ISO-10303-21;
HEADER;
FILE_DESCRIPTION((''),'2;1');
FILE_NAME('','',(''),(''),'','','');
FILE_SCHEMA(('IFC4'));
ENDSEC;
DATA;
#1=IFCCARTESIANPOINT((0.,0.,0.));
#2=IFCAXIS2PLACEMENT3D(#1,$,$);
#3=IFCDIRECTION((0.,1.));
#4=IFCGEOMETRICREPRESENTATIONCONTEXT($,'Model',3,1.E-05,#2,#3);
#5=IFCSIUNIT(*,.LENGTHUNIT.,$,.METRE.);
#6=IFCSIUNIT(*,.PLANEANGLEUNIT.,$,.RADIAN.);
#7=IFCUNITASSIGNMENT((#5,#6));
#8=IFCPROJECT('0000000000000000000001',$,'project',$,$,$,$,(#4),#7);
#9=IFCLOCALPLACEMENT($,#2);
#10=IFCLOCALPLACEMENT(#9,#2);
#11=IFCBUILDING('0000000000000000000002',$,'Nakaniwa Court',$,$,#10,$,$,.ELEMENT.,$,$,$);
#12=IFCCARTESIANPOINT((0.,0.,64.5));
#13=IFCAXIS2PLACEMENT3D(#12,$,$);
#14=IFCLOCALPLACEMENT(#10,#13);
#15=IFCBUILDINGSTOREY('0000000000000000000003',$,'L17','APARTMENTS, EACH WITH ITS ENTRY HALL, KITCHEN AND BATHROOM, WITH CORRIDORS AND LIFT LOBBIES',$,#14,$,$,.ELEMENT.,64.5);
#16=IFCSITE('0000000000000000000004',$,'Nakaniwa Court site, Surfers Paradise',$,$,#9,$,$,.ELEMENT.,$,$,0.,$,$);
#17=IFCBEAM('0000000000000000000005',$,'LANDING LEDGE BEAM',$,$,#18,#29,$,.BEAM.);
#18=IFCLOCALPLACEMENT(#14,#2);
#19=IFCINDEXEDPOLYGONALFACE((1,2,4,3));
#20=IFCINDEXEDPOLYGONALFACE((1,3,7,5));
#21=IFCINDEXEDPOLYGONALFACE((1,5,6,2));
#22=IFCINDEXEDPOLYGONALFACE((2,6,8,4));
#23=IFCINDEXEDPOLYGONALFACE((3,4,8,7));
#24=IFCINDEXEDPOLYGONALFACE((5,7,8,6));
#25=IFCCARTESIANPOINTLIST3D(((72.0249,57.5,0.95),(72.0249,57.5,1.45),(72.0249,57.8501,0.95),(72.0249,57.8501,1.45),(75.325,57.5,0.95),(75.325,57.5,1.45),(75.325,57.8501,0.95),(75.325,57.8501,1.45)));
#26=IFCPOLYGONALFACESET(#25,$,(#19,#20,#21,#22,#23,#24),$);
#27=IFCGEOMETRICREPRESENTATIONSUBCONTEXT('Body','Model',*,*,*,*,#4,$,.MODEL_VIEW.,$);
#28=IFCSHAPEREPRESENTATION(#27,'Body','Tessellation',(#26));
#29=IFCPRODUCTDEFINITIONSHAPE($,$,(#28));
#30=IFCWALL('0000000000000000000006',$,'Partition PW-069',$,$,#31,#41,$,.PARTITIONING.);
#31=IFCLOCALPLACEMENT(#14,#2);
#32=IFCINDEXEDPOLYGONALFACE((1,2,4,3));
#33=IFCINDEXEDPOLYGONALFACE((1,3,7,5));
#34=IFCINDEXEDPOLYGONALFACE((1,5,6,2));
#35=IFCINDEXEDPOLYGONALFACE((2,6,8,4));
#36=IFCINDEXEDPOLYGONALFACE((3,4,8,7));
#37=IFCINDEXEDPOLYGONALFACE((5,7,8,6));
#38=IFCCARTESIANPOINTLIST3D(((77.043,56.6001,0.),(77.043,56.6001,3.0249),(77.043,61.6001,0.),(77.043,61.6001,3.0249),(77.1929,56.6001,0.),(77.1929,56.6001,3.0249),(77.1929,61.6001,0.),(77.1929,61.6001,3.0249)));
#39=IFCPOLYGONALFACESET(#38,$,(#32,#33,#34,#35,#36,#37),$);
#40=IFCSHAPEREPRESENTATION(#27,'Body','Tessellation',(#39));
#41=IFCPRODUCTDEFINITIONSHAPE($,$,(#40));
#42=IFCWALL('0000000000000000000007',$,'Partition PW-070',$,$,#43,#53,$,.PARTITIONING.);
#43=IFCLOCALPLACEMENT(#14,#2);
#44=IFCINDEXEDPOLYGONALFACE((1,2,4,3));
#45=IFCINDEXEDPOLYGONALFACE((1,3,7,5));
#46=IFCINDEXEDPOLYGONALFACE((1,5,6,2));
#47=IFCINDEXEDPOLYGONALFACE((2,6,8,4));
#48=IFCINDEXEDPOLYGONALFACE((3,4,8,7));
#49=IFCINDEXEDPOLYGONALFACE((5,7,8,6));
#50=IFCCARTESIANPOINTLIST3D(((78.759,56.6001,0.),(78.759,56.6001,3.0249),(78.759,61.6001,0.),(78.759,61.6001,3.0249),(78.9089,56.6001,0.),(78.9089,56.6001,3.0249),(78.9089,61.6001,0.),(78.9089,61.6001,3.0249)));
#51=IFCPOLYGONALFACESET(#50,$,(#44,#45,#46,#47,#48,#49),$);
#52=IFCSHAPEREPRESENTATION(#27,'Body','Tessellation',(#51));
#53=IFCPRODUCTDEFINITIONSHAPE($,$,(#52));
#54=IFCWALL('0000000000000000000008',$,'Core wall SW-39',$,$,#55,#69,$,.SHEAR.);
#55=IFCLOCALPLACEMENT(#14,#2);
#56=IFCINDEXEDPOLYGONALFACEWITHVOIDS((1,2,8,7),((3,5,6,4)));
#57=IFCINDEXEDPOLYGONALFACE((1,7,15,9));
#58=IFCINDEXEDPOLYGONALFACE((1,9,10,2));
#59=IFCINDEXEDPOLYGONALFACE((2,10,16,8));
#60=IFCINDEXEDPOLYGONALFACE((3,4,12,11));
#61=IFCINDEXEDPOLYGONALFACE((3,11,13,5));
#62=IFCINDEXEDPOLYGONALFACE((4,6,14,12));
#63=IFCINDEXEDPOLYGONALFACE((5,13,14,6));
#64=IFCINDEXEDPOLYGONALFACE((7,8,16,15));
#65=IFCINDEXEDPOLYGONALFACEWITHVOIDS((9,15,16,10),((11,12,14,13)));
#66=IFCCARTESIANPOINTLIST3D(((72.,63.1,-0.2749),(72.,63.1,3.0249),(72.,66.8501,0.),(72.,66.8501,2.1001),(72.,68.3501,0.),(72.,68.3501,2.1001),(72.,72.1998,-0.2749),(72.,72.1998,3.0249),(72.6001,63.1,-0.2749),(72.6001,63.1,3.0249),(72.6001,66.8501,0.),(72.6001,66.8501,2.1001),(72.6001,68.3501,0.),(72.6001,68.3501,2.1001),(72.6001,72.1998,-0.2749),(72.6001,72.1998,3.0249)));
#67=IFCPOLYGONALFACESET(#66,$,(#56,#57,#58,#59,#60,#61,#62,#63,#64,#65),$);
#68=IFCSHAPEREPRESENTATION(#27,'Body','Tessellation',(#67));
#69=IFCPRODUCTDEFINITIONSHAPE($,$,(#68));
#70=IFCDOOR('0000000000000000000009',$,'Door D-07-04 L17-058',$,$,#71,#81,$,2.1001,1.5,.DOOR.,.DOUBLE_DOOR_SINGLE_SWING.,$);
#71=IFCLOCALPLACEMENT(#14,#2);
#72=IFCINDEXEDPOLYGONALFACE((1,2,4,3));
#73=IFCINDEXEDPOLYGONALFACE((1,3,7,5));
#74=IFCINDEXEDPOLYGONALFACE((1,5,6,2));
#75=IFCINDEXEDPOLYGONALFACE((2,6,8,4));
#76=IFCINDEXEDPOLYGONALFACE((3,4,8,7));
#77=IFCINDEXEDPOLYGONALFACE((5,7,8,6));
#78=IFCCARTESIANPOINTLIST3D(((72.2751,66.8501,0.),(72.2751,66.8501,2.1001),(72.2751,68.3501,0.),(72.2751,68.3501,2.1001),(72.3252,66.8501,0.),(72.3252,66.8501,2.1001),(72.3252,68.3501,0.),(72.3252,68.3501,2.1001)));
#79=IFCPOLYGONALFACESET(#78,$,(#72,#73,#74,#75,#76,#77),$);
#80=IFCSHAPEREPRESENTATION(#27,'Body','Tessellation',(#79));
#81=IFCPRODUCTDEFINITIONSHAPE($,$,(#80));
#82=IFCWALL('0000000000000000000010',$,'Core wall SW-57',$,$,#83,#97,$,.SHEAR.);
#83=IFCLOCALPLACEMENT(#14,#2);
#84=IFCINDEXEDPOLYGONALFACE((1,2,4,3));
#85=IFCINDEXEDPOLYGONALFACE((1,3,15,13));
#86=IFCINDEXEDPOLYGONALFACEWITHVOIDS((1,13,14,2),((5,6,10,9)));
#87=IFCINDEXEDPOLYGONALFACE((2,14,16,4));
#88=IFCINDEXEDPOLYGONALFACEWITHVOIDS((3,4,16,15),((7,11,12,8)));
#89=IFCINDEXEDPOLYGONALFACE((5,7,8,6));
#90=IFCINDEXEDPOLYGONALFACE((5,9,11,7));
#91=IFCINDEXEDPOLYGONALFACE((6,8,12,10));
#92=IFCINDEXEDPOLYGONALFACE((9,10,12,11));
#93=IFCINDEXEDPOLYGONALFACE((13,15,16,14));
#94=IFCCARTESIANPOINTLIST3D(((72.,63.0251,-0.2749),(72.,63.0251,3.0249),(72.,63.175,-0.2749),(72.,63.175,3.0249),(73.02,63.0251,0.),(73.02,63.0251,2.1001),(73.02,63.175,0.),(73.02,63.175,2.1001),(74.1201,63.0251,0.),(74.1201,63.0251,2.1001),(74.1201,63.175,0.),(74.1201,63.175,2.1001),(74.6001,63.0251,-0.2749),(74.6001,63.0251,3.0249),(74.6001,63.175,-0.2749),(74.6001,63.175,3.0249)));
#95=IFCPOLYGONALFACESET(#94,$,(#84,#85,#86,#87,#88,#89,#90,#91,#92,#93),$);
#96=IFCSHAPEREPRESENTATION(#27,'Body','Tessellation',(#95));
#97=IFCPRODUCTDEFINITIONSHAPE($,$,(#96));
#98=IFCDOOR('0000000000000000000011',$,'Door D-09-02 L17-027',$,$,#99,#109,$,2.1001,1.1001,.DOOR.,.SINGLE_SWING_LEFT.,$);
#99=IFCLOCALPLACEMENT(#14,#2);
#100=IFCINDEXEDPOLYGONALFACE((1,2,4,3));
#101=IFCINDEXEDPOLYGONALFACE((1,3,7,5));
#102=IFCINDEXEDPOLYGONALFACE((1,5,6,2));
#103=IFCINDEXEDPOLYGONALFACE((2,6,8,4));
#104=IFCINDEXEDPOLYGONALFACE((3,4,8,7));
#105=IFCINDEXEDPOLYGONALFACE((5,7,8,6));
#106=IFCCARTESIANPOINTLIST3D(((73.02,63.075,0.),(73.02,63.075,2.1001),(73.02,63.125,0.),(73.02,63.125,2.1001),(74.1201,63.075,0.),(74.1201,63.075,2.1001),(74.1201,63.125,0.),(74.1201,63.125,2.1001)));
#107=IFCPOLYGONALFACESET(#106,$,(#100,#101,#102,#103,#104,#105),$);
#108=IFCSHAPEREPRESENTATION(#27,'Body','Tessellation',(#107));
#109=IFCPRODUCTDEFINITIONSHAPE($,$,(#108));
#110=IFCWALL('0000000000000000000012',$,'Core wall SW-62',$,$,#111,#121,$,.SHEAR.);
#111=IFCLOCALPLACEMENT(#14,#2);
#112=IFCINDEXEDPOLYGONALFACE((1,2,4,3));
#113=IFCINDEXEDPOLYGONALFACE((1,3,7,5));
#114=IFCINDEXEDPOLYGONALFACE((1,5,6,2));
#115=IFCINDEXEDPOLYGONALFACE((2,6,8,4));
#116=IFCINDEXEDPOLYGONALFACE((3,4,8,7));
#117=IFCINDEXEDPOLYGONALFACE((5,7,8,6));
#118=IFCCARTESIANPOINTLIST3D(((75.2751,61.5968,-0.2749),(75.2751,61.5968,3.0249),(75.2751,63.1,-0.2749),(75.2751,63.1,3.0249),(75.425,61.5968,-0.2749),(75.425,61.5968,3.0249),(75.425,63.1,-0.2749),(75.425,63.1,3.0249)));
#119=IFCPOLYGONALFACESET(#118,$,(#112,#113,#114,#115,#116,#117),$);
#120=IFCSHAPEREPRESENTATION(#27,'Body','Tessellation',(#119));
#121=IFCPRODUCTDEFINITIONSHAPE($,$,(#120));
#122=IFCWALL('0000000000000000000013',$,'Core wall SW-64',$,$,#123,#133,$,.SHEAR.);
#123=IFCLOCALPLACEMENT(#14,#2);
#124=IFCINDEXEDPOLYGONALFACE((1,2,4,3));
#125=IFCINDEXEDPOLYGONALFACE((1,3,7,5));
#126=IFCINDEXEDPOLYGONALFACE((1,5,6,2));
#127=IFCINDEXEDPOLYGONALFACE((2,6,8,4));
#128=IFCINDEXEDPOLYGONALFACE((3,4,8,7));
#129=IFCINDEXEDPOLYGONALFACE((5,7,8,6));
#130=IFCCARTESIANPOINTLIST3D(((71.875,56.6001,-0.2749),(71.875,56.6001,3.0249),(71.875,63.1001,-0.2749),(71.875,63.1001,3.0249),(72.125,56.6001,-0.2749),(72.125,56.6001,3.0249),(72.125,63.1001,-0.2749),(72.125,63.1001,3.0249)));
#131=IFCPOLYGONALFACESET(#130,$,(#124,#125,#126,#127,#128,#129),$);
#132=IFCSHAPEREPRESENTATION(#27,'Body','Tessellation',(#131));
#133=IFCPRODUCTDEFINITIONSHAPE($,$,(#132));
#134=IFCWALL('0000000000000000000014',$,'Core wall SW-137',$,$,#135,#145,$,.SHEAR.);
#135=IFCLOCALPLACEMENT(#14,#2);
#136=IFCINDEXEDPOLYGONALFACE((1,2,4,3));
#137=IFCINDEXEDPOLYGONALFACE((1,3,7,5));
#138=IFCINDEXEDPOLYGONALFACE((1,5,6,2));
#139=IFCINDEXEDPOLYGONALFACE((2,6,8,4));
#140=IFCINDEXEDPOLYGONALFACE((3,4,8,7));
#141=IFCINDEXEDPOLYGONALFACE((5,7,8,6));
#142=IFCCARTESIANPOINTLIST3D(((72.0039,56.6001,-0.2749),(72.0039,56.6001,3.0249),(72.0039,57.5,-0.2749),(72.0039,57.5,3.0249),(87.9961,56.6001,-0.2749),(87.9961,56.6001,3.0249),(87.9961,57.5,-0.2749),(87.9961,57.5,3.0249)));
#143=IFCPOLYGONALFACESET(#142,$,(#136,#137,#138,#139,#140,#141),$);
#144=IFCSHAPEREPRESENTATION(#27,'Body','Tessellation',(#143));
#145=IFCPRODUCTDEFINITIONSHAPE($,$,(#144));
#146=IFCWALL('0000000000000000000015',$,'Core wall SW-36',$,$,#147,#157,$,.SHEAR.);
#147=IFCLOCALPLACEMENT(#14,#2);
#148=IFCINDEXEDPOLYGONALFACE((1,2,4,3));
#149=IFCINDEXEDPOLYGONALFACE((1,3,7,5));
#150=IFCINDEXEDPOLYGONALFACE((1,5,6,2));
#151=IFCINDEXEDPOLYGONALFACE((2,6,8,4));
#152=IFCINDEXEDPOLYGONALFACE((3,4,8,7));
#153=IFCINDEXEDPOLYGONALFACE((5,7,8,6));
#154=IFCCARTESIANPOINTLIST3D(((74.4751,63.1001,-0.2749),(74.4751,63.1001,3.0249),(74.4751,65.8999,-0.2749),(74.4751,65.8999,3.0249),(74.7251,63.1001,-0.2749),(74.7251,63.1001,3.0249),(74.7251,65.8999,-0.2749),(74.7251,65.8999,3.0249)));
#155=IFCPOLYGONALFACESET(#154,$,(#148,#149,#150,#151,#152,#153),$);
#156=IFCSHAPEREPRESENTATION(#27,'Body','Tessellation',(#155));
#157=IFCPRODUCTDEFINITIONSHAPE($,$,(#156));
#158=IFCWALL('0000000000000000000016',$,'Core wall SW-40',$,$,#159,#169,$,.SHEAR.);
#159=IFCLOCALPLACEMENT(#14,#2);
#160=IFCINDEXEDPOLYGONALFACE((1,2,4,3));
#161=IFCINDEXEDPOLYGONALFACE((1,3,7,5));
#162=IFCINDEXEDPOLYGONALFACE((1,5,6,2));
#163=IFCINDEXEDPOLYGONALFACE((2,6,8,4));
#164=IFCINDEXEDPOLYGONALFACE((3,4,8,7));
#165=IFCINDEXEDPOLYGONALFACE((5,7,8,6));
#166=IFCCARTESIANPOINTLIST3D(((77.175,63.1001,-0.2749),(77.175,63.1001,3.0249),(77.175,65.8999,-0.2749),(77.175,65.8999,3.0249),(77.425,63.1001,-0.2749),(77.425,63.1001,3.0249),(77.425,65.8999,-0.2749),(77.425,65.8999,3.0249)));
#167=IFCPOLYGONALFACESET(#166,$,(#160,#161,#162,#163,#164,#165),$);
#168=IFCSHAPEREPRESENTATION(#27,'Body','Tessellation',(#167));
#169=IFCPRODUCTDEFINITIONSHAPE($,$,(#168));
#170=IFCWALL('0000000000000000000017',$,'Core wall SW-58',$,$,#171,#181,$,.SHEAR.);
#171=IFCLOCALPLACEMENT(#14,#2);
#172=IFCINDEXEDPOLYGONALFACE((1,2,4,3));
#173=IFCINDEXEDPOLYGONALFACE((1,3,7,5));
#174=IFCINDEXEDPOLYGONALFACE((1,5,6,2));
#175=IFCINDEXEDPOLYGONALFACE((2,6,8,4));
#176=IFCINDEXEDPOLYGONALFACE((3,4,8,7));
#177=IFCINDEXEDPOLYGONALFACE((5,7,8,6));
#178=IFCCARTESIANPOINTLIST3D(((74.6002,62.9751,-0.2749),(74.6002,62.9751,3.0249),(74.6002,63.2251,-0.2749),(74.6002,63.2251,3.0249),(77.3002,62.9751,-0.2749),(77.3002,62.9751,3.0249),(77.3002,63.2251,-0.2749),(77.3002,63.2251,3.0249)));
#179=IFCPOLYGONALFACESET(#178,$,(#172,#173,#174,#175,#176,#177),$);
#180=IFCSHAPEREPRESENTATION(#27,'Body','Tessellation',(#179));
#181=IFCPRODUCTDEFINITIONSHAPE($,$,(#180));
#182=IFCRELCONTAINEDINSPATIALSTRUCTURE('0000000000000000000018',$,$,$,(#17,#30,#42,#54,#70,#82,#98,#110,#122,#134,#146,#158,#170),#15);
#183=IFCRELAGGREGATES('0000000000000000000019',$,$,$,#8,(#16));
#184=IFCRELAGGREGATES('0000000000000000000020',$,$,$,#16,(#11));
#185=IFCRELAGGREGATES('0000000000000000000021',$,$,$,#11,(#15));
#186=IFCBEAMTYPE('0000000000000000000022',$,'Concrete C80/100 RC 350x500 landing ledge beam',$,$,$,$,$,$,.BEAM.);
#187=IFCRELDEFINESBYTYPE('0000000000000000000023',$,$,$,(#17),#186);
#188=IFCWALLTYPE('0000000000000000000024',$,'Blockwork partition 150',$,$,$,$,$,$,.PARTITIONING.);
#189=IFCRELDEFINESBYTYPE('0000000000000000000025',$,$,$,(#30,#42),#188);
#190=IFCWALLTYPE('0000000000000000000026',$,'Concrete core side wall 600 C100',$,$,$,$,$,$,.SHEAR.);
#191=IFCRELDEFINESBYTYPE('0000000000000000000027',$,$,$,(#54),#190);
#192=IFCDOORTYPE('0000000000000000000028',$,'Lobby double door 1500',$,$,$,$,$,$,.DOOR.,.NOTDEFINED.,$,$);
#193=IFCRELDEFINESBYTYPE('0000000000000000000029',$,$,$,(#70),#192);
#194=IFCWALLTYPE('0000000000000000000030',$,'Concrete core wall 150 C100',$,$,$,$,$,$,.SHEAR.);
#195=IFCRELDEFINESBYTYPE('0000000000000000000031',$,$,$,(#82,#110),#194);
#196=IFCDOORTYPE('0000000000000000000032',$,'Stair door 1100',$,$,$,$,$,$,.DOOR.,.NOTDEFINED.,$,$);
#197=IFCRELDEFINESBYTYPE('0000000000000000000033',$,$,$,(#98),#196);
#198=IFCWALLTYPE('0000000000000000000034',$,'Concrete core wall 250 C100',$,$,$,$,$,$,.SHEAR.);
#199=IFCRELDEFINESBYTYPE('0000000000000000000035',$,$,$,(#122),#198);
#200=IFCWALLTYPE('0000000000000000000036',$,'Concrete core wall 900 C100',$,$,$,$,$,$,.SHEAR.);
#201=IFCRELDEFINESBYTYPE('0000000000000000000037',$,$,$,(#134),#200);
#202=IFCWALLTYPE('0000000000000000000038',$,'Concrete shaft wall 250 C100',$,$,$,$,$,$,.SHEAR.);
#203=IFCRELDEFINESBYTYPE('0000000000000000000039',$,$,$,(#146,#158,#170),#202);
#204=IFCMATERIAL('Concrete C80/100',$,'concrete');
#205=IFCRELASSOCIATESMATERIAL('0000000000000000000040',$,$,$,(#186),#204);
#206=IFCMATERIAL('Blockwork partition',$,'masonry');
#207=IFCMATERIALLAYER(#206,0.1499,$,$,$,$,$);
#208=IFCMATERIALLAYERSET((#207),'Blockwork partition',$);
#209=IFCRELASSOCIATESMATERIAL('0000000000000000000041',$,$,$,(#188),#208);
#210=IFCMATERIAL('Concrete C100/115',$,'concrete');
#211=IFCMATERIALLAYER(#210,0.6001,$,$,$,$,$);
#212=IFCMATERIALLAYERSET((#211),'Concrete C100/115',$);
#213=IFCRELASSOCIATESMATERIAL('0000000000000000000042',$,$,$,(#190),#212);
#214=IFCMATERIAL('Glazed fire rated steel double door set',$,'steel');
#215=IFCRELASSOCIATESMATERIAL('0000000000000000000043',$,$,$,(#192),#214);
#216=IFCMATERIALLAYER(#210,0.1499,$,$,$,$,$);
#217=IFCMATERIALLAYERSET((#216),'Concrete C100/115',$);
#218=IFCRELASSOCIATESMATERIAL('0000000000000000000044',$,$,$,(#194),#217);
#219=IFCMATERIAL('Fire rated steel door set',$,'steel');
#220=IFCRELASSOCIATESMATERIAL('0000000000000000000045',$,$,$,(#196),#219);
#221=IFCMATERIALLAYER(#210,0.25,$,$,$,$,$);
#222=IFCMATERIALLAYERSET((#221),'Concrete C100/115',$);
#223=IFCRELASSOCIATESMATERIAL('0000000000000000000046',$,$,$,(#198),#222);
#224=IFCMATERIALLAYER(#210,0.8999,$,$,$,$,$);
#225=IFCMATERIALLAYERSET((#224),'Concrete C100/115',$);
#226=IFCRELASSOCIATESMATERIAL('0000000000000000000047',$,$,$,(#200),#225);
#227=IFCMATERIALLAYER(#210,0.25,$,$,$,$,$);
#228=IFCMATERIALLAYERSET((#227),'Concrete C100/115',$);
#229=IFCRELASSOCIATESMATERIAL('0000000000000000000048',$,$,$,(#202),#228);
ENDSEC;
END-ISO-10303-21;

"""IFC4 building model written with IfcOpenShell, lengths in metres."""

from ifc_helpers import new_model, si_unit, direction, frame, frame_2d, origin, origin_2d, place, context, subcontext, project, spatial, rectangle, extrude, material, layer, layer_set, material_profile, profile_set, type_object, element, fill, save


model = new_model("IFC4")

# Units and contexts
model_context = context("Model", 3, precision=1e-05, world=origin(), true_north=direction((0.0, 1.0)))
body_context = subcontext(model_context, "Body", "Model", "MODEL_VIEW")
ifc_project = project(units=[si_unit("LENGTHUNIT", "METRE"), si_unit("PLANEANGLEUNIT", "RADIAN")], contexts=[model_context])

# Site, building, storey
site_placement = place(None, origin())
site = spatial("IfcSite", under=ifc_project, at=site_placement, Name="Nakaniwa Court site, Surfers Paradise", CompositionType="ELEMENT", RefElevation=0.0)
building_placement = place(site_placement, origin())
building = spatial("IfcBuilding", under=site, at=building_placement, Name="Nakaniwa Court", CompositionType="ELEMENT")
storey_placement = place(building_placement, frame((0.0, 0.0, 64.5)))
storey = spatial("IfcBuildingStorey", under=building, at=storey_placement, Name="L17", Description="APARTMENTS, EACH WITH ITS ENTRY HALL, KITCHEN AND BATHROOM, WITH CORRIDORS AND LIFT LOBBIES", CompositionType="ELEMENT", Elevation=64.5)

# Beam
ifc_material_1 = material(Name="Concrete C80/100", Category="concrete")
ifc_material_profile = material_profile(ifc_material_1, rectangle(XDim=0.3501, YDim=0.5, at=origin_2d()), Name="Concrete C80/100 RC 350x500 landing ledge beam")
ifc_profile_set = profile_set([ifc_material_profile], Name="Concrete C80/100")
beam_type = type_object("IfcBeamType", Name="Concrete C80/100 RC 350x500 landing ledge beam", PredefinedType="BEAM", material=ifc_profile_set)
beam_placement = place(storey_placement, frame((72.0249, 57.675, 1.2), z_axis=(1.0, 0.0, 0.0), x_axis=(0.0, 1.0, 0.0)))
element("IfcBeam", 1, at=beam_placement, inside=storey, type_object=beam_type, Name="LANDING LEDGE BEAM", PredefinedType="BEAM", context=body_context, shape_type="SweptSolid", body=[
    extrude(rectangle(XDim=0.3501, YDim=0.5, at=origin_2d()), origin(), (0.0, 0.0, 1.0), 3.3),
])

# Walls
ifc_material_2 = material(Name="Blockwork partition", Category="masonry")
ifc_layer_1 = layer(ifc_material_2, 0.1499)
ifc_layer_set_1 = layer_set([ifc_layer_1], Name="Blockwork partition")
wall_type_1 = type_object("IfcWallType", Name="Blockwork partition 150", PredefinedType="PARTITIONING", material=ifc_layer_set_1)
for number, where, z_axis, x_axis, name in (
    (2, (77.1179, 56.6001, 0.0), (0.0, 0.0, 1.0), (0.0, 1.0, 0.0), "Partition PW-069"),
    (3, (78.834, 56.6001, 0.0), (0.0, 0.0, 1.0), (0.0, 1.0, 0.0), "Partition PW-070"),
):
    element("IfcWall", number, at=place(storey_placement, frame(where, z_axis=z_axis, x_axis=x_axis)), inside=storey, type_object=wall_type_1, Name=name, PredefinedType="PARTITIONING", context=body_context, shape_type="SweptSolid", body=[
        extrude(rectangle(XDim=5.0, YDim=0.1499, at=frame_2d((2.5, 0.0))), origin(), (0.0, 0.0, 1.0), 3.0249),
    ])

# Walls, openings, doors
ifc_material_3 = material(Name="Concrete C100/115", Category="concrete")
ifc_layer_2 = layer(ifc_material_3, 0.6001)
ifc_layer_set_2 = layer_set([ifc_layer_2], Name="Concrete C100/115")
wall_type_2 = type_object("IfcWallType", Name="Concrete core side wall 600 C100", PredefinedType="SHEAR", material=ifc_layer_set_2)
wall_1_placement = place(storey_placement, frame((72.3, 63.1001, -0.2749), z_axis=(0.0, 0.0, 1.0), x_axis=(0.0, 1.0, 0.0)))
wall_1 = element("IfcWall", 4, at=wall_1_placement, inside=storey, type_object=wall_type_2, Name="Core wall SW-39", PredefinedType="SHEAR", context=body_context, shape_type="SweptSolid", body=[
    extrude(rectangle(XDim=9.0999, YDim=0.6001, at=frame_2d((4.5498, 0.0))), origin(), (0.0, 0.0, 1.0), 3.2998),
])
opening_1_placement = place(wall_1_placement, frame((3.75, 0.0, 0.2749)))
opening_1 = element("IfcOpeningElement", 5, at=opening_1_placement, cuts=wall_1, PredefinedType="OPENING", context=body_context, shape_type="SweptSolid", body=[
    extrude(rectangle(XDim=1.5, YDim=2.1001, at=frame_2d((0.75, 1.05))), frame((0.0, 0.3101, 0.0), z_axis=(0.0, -1.0, 0.0), x_axis=(1.0, 0.0, 0.0)), (0.0, 0.0, 1.0), 0.6201),
])
ifc_material_4 = material(Name="Glazed fire rated steel double door set", Category="steel")
door_type_1 = type_object("IfcDoorType", Name="Lobby double door 1500", OperationType="NOTDEFINED", PredefinedType="DOOR", material=ifc_material_4)
door_1_placement = place(opening_1_placement, origin())
door_1 = element("IfcDoor", 6, at=door_1_placement, inside=storey, type_object=door_type_1, Name="Door D-07-04 L17-058", OperationType="DOUBLE_DOOR_SINGLE_SWING", OverallHeight=2.1001, OverallWidth=1.5, PredefinedType="DOOR", context=body_context, shape_type="SweptSolid", body=[
    extrude(rectangle(XDim=1.5, YDim=2.1001, at=frame_2d((0.75, 1.05))), frame((0.0, 0.0249, 0.0), z_axis=(0.0, -1.0, 0.0), x_axis=(1.0, 0.0, 0.0)), (0.0, 0.0, 1.0), 0.05),
])
fill(opening_1, door_1)
ifc_layer_3 = layer(ifc_material_3, 0.1499)
ifc_layer_set_3 = layer_set([ifc_layer_3], Name="Concrete C100/115")
wall_type_3 = type_object("IfcWallType", Name="Concrete core wall 150 C100", PredefinedType="SHEAR", material=ifc_layer_set_3)
wall_2_placement = place(storey_placement, frame((72.0, 63.1001, -0.2749), z_axis=(0.0, 0.0, 1.0), x_axis=(1.0, 0.0, 0.0)))
wall_2 = element("IfcWall", 7, at=wall_2_placement, inside=storey, type_object=wall_type_3, Name="Core wall SW-57", PredefinedType="SHEAR", context=body_context, shape_type="SweptSolid", body=[
    extrude(rectangle(XDim=2.6001, YDim=0.1499, at=frame_2d((1.3, 0.0))), origin(), (0.0, 0.0, 1.0), 3.2998),
])
opening_2_placement = place(wall_2_placement, frame((1.02, 0.0, 0.2749)))
opening_2 = element("IfcOpeningElement", 8, at=opening_2_placement, cuts=wall_2, PredefinedType="OPENING", context=body_context, shape_type="SweptSolid", body=[
    extrude(rectangle(XDim=1.1001, YDim=2.1001, at=frame_2d((0.55, 1.05))), frame((0.0, 0.085, 0.0), z_axis=(0.0, -1.0, 0.0), x_axis=(1.0, 0.0, 0.0)), (0.0, 0.0, 1.0), 0.1699),
])
ifc_material_5 = material(Name="Fire rated steel door set", Category="steel")
door_type_2 = type_object("IfcDoorType", Name="Stair door 1100", OperationType="NOTDEFINED", PredefinedType="DOOR", material=ifc_material_5)
door_2_placement = place(opening_2_placement, origin())
door_2 = element("IfcDoor", 9, at=door_2_placement, inside=storey, type_object=door_type_2, Name="Door D-09-02 L17-027", OperationType="SINGLE_SWING_LEFT", OverallHeight=2.1001, OverallWidth=1.1001, PredefinedType="DOOR", context=body_context, shape_type="SweptSolid", body=[
    extrude(rectangle(XDim=1.1001, YDim=2.1001, at=frame_2d((0.55, 1.05))), frame((0.0, 0.0249, 0.0), z_axis=(0.0, -1.0, 0.0), x_axis=(1.0, 0.0, 0.0)), (0.0, 0.0, 1.0), 0.05),
])
fill(opening_2, door_2)

# Walls
wall_3_placement = place(storey_placement, frame((75.3501, 61.5969, -0.2749), z_axis=(0.0, 0.0, 1.0), x_axis=(0.0, 1.0, 0.0)))
element("IfcWall", 10, at=wall_3_placement, inside=storey, type_object=wall_type_3, Name="Core wall SW-62", PredefinedType="SHEAR", context=body_context, shape_type="SweptSolid", body=[
    extrude(rectangle(XDim=1.5032, YDim=0.1499, at=frame_2d((0.7515, 0.0))), origin(), (0.0, 0.0, 1.0), 3.2998),
])
ifc_layer_4 = layer(ifc_material_3, 0.25)
ifc_layer_set_4 = layer_set([ifc_layer_4], Name="Concrete C100/115")
wall_type_4 = type_object("IfcWallType", Name="Concrete core wall 250 C100", PredefinedType="SHEAR", material=ifc_layer_set_4)
wall_4_placement = place(storey_placement, frame((72.0, 56.6001, -0.2749), z_axis=(0.0, 0.0, 1.0), x_axis=(0.0, 1.0, 0.0)))
element("IfcWall", 11, at=wall_4_placement, inside=storey, type_object=wall_type_4, Name="Core wall SW-64", PredefinedType="SHEAR", context=body_context, shape_type="SweptSolid", body=[
    extrude(rectangle(XDim=6.5, YDim=0.25, at=frame_2d((3.25, 0.0))), origin(), (0.0, 0.0, 1.0), 3.2998),
])
ifc_layer_5 = layer(ifc_material_3, 0.8999)
ifc_layer_set_5 = layer_set([ifc_layer_5], Name="Concrete C100/115")
wall_type_5 = type_object("IfcWallType", Name="Concrete core wall 900 C100", PredefinedType="SHEAR", material=ifc_layer_set_5)
wall_5_placement = place(storey_placement, frame((72.0039, 57.05, -0.2749), z_axis=(0.0, 0.0, 1.0), x_axis=(1.0, 0.0, 0.0)))
element("IfcWall", 12, at=wall_5_placement, inside=storey, type_object=wall_type_5, Name="Core wall SW-137", PredefinedType="SHEAR", context=body_context, shape_type="SweptSolid", body=[
    extrude(rectangle(XDim=15.9922, YDim=0.8999, at=frame_2d((7.9961, 0.0))), origin(), (0.0, 0.0, 1.0), 3.2998),
])
ifc_layer_6 = layer(ifc_material_3, 0.25)
ifc_layer_set_6 = layer_set([ifc_layer_6], Name="Concrete C100/115")
wall_type_6 = type_object("IfcWallType", Name="Concrete shaft wall 250 C100", PredefinedType="SHEAR", material=ifc_layer_set_6)
for number, where, z_axis, x_axis, name in (
    (13, (74.6001, 63.1001, -0.2749), (0.0, 0.0, 1.0), (0.0, 1.0, 0.0), "Core wall SW-36"),
    (14, (77.3, 63.1001, -0.2749), (0.0, 0.0, 1.0), (0.0, 1.0, 0.0), "Core wall SW-40"),
):
    element("IfcWall", number, at=place(storey_placement, frame(where, z_axis=z_axis, x_axis=x_axis)), inside=storey, type_object=wall_type_6, Name=name, PredefinedType="SHEAR", context=body_context, shape_type="SweptSolid", body=[
        extrude(rectangle(XDim=2.7998, YDim=0.25, at=frame_2d((1.3999, 0.0))), origin(), (0.0, 0.0, 1.0), 3.2998),
    ])
wall_6_placement = place(storey_placement, frame((74.6001, 63.1001, -0.2749), z_axis=(0.0, 0.0, 1.0), x_axis=(1.0, 0.0, 0.0)))
element("IfcWall", 15, at=wall_6_placement, inside=storey, type_object=wall_type_6, Name="Core wall SW-58", PredefinedType="SHEAR", context=body_context, shape_type="SweptSolid", body=[
    extrude(rectangle(XDim=2.7, YDim=0.25, at=frame_2d((1.3501, 0.0))), origin(), (0.0, 0.0, 1.0), 3.2998),
])

save(model, "model.ifc")
